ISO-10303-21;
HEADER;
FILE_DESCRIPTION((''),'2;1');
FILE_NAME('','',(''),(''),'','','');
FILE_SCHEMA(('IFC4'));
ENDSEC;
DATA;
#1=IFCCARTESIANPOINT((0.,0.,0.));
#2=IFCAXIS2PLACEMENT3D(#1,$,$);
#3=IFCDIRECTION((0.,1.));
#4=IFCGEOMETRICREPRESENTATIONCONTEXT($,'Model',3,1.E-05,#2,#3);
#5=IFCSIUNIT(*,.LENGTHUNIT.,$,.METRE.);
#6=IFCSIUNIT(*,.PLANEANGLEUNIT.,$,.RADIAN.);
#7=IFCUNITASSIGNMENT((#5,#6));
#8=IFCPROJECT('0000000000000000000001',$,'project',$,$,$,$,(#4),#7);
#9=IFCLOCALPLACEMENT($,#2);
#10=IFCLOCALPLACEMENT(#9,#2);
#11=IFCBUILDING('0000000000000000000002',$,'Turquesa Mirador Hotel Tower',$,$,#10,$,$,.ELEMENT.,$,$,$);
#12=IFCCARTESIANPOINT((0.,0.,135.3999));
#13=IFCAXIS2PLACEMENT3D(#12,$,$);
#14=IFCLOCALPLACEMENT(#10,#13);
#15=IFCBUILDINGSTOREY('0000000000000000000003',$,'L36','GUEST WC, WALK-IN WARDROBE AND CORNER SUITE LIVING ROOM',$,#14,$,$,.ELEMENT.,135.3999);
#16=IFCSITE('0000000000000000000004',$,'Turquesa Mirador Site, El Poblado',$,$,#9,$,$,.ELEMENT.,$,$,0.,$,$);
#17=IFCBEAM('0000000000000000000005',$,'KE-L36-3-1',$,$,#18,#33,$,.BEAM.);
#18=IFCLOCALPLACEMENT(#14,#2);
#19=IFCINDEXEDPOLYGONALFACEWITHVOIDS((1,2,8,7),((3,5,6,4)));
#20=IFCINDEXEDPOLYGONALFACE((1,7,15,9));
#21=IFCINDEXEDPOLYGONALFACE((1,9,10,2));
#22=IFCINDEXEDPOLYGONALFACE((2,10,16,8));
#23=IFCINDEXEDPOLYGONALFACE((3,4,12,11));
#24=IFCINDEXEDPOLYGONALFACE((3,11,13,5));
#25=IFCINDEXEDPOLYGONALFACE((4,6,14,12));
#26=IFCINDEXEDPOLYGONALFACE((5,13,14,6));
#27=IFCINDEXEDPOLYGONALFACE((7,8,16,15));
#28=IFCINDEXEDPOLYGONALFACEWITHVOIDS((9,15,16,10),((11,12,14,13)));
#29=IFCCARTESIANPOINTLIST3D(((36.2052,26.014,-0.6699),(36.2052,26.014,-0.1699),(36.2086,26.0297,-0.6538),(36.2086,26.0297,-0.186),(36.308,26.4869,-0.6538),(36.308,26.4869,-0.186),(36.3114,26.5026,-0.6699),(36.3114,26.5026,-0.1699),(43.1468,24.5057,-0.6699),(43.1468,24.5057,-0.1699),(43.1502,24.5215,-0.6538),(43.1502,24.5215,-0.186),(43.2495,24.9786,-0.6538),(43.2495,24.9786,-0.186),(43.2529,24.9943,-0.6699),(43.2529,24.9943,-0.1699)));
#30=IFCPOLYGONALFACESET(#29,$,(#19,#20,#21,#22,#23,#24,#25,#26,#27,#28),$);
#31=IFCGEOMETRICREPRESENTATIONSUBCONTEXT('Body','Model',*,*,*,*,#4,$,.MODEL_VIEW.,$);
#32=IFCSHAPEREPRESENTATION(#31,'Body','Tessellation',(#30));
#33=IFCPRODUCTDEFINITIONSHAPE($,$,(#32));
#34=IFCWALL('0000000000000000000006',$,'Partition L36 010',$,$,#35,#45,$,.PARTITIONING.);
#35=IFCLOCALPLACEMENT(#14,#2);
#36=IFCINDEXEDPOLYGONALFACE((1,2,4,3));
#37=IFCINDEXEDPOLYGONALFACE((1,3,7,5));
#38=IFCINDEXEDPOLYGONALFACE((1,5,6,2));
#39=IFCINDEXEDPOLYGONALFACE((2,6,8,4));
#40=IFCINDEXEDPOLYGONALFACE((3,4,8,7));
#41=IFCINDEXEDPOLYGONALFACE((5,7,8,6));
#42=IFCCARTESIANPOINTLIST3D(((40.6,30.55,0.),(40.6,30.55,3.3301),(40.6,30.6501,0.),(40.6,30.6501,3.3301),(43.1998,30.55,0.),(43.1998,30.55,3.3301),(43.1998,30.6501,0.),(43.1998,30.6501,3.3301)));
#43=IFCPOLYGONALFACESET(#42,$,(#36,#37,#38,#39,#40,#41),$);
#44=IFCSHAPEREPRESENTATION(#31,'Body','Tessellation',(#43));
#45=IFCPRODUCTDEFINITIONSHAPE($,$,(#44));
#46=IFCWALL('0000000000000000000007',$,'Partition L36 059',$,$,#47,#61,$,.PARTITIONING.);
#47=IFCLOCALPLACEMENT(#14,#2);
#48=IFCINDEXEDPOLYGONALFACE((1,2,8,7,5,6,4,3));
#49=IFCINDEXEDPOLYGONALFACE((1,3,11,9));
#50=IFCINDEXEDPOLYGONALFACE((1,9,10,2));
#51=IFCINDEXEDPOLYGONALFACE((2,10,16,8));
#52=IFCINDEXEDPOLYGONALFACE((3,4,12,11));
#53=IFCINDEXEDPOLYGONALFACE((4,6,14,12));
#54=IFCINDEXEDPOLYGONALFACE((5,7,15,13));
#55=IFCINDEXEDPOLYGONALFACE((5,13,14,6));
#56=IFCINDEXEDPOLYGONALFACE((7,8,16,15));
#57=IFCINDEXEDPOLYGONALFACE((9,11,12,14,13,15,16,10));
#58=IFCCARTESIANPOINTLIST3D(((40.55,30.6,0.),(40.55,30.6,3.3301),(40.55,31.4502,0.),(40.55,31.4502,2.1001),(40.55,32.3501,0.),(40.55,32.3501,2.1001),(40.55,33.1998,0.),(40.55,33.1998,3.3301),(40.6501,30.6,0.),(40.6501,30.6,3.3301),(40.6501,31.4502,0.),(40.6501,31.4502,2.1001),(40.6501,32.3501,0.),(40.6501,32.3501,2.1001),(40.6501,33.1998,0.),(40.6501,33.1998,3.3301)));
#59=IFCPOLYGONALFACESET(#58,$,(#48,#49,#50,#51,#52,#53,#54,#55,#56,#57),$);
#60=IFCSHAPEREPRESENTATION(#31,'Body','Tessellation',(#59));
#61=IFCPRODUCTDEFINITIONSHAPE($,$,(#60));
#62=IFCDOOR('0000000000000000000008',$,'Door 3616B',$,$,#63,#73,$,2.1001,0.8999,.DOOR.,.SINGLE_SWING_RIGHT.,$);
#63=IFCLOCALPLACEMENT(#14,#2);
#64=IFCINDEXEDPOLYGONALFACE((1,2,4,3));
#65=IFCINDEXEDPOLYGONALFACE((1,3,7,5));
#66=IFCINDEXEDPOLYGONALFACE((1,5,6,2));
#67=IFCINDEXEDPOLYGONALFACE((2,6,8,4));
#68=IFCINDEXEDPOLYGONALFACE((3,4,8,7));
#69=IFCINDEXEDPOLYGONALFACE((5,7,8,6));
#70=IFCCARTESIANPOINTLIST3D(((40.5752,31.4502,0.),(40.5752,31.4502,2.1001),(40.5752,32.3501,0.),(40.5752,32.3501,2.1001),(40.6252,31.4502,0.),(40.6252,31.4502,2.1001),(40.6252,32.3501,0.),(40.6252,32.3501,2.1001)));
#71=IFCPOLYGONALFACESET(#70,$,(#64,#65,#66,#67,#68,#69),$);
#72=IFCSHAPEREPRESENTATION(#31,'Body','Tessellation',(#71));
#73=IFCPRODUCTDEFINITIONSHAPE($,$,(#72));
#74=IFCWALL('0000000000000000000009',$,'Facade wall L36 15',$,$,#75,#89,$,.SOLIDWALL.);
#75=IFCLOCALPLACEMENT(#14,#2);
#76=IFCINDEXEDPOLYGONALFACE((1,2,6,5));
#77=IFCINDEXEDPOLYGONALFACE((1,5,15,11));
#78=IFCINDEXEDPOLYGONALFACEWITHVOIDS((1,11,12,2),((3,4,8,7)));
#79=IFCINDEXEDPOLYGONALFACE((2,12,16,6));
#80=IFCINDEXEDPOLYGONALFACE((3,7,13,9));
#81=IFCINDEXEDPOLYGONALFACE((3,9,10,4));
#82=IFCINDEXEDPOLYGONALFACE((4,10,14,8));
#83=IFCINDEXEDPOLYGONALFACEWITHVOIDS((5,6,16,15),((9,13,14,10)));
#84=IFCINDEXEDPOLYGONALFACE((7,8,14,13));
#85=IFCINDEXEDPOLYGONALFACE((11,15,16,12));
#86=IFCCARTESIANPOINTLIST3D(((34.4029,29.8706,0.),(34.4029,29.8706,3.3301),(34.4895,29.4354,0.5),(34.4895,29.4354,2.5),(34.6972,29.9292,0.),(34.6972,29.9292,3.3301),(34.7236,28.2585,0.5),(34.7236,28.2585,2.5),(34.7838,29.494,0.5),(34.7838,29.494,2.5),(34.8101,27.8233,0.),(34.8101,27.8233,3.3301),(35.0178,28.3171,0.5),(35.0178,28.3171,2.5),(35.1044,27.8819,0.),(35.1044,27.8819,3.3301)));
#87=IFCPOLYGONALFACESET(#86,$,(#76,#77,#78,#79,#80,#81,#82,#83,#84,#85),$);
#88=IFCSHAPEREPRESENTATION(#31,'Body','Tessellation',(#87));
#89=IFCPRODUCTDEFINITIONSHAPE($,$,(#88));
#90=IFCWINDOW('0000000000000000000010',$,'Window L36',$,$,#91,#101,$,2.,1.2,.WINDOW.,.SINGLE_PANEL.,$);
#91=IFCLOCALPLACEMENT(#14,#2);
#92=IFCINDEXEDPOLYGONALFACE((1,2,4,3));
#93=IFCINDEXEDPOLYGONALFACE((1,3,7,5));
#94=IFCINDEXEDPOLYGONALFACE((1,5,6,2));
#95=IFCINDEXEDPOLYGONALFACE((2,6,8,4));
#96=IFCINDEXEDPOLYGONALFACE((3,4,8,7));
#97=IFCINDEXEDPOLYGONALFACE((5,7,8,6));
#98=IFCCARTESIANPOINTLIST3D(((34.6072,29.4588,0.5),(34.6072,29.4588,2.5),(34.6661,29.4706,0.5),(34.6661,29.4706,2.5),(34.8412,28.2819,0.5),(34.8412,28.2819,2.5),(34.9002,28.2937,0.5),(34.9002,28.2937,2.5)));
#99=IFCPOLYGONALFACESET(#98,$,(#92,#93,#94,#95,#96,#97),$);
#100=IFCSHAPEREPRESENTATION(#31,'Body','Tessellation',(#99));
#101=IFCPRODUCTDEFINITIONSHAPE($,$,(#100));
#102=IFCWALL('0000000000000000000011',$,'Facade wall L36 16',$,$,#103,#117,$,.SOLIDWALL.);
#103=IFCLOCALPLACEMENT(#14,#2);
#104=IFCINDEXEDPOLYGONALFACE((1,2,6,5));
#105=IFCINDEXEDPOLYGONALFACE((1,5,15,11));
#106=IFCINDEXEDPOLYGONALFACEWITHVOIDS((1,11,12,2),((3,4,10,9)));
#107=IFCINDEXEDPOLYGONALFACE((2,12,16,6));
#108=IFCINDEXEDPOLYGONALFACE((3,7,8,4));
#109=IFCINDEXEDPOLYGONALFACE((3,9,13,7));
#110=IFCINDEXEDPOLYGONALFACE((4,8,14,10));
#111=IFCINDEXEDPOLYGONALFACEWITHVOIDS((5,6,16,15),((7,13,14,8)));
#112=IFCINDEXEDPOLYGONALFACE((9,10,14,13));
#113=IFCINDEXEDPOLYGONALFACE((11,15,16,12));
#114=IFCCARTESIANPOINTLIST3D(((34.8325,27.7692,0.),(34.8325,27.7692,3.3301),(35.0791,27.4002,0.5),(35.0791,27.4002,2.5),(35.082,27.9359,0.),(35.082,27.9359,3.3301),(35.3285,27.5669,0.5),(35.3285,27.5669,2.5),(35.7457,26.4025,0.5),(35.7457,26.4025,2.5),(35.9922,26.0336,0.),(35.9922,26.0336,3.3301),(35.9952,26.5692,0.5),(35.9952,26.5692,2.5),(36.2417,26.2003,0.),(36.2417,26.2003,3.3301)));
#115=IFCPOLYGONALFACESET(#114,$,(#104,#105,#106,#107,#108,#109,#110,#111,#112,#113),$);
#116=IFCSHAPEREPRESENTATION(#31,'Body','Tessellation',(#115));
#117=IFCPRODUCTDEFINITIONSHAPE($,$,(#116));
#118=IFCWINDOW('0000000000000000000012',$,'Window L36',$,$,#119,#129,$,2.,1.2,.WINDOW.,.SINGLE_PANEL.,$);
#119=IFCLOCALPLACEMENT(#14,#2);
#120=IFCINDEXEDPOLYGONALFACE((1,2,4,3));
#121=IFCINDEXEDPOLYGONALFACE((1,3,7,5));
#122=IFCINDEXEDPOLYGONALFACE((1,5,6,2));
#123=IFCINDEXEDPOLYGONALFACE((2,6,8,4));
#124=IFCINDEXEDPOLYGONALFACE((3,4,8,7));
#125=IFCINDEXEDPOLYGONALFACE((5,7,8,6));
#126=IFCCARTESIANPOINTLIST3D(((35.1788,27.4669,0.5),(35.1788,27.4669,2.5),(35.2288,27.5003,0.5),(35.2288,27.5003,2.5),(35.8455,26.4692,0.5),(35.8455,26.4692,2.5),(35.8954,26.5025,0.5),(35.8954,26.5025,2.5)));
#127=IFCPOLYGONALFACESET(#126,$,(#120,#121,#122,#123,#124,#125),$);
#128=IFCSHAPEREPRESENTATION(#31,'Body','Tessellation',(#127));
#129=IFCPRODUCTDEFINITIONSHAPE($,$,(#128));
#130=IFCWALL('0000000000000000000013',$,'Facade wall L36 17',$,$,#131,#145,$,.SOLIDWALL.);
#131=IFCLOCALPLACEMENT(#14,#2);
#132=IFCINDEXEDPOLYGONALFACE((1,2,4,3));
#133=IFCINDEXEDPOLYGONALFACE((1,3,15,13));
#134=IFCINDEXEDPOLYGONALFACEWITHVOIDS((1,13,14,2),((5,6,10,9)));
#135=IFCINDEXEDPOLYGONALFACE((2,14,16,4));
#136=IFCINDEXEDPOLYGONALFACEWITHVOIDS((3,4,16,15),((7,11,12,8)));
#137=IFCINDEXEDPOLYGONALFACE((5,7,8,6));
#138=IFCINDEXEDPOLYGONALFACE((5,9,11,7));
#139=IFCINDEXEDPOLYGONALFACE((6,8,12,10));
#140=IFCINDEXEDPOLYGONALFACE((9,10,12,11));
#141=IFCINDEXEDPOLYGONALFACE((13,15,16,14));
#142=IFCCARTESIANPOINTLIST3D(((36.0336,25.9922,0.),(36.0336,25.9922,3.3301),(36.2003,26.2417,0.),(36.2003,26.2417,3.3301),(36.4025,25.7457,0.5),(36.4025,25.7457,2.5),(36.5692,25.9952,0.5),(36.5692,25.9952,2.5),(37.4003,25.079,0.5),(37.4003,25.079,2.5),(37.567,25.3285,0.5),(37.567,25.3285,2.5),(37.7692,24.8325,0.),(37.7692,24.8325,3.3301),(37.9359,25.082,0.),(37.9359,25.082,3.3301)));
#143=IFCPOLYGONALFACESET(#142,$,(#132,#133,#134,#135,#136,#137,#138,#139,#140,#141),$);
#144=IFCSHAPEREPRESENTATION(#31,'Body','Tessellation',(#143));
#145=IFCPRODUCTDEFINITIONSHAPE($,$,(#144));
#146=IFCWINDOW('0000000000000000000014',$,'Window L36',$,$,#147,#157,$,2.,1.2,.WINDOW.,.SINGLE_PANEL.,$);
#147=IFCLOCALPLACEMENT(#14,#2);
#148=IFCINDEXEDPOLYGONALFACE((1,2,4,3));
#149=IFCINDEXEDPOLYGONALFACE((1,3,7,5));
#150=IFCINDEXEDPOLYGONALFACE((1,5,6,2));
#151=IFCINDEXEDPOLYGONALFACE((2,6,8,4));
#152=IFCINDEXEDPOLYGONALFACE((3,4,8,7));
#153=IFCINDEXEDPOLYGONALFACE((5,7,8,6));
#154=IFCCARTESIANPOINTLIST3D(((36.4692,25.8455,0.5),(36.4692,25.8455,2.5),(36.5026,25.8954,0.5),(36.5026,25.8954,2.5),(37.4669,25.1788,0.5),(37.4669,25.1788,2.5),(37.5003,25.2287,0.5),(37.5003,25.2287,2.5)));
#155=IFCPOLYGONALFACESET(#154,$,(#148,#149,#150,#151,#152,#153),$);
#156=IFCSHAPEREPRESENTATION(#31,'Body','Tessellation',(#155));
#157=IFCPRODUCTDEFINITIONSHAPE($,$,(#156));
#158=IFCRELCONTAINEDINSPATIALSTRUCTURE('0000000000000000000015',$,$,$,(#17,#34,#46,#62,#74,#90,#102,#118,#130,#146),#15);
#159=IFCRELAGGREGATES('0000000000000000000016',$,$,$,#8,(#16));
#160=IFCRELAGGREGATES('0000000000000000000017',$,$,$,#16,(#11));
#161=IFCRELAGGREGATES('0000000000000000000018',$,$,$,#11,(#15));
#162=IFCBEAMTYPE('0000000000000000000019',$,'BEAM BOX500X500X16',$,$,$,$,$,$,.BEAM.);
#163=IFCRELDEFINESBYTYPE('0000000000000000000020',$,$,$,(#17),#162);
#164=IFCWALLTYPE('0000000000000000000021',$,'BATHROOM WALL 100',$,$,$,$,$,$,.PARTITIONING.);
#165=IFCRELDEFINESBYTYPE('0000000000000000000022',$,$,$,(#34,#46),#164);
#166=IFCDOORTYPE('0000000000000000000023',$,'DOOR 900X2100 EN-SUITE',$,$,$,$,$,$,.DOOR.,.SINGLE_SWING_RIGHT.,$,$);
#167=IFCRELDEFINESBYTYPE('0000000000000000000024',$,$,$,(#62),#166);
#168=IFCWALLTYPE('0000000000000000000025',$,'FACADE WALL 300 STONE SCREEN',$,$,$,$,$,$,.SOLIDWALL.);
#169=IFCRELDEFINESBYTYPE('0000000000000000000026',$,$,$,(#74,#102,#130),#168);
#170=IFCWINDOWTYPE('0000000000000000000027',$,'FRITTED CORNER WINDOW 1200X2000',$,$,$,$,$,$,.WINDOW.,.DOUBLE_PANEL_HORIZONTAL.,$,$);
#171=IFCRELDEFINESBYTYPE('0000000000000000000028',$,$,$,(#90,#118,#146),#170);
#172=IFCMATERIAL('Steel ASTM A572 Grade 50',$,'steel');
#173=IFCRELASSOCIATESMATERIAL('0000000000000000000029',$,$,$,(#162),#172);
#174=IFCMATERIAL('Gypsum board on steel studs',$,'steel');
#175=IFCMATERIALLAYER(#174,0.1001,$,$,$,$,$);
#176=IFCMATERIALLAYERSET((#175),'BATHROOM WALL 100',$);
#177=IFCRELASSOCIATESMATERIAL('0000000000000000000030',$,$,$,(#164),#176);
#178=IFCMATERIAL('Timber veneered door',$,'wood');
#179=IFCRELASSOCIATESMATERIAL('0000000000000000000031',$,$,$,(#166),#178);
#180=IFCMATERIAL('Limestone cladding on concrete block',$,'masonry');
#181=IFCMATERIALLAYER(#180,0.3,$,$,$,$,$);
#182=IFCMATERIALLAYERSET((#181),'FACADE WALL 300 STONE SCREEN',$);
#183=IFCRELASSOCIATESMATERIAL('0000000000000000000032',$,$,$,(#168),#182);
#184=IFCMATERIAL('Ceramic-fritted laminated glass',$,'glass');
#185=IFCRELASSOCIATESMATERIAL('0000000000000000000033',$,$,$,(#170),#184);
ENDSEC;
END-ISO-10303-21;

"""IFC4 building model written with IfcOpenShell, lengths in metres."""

from ifc_helpers import new_model, si_unit, direction, frame, frame_2d, origin, origin_2d, place, context, subcontext, project, spatial, rectangle, hollow_rectangle, extrude, material, layer, layer_set, material_profile, profile_set, type_object, element, fill, save


model = new_model("IFC4")

# Units and contexts
model_context = context("Model", 3, precision=1e-05, world=origin(), true_north=direction((0.0, 1.0)))
body_context = subcontext(model_context, "Body", "Model", "MODEL_VIEW")
ifc_project = project(units=[si_unit("LENGTHUNIT", "METRE"), si_unit("PLANEANGLEUNIT", "RADIAN")], contexts=[model_context])

# Site, building, storey
site_placement = place(None, origin())
site = spatial("IfcSite", under=ifc_project, at=site_placement, Name="Turquesa Mirador Site, El Poblado", CompositionType="ELEMENT", RefElevation=0.0)
building_placement = place(site_placement, origin())
building = spatial("IfcBuilding", under=site, at=building_placement, Name="Turquesa Mirador Hotel Tower", CompositionType="ELEMENT")
storey_placement = place(building_placement, frame((0.0, 0.0, 135.3999)))
storey = spatial("IfcBuildingStorey", under=building, at=storey_placement, Name="L36", Description="GUEST WC, WALK-IN WARDROBE AND CORNER SUITE LIVING ROOM", CompositionType="ELEMENT", Elevation=135.3999)

# Beam
ifc_material_1 = material(Name="Steel ASTM A572 Grade 50", Category="steel")
ifc_material_profile = material_profile(ifc_material_1, hollow_rectangle(XDim=0.5, YDim=0.5, WallThickness=0.0161, at=origin_2d()), Name="BOX500X500X16")
ifc_profile_set = profile_set([ifc_material_profile], Name="Steel ASTM A572 Grade 50")
beam_type = type_object("IfcBeamType", Name="BEAM BOX500X500X16", PredefinedType="BEAM", material=ifc_profile_set)
beam_placement = place(storey_placement, frame((36.2583, 26.2583, -0.4199), z_axis=(0.977198, -0.212328, 0.0), x_axis=(0.212328, 0.977198, 0.0)))
element("IfcBeam", 1, at=beam_placement, inside=storey, type_object=beam_type, Name="KE-L36-3-1", PredefinedType="BEAM", context=body_context, shape_type="SweptSolid", body=[
    extrude(hollow_rectangle(XDim=0.5, YDim=0.5, WallThickness=0.0161, at=origin_2d()), origin(), (0.0, 0.0, 1.0), 7.1035),
])

# Wall
ifc_material_2 = material(Name="Gypsum board on steel studs", Category="steel")
ifc_layer_1 = layer(ifc_material_2, 0.1001)
ifc_layer_set_1 = layer_set([ifc_layer_1], Name="BATHROOM WALL 100")
wall_type_1 = type_object("IfcWallType", Name="BATHROOM WALL 100", PredefinedType="PARTITIONING", material=ifc_layer_set_1)
wall_1_placement = place(storey_placement, frame((40.6001, 30.6001, 0.0), z_axis=(0.0, 0.0, 1.0), x_axis=(1.0, 0.0, 0.0)))
element("IfcWall", 2, at=wall_1_placement, inside=storey, type_object=wall_type_1, Name="Partition L36 010", PredefinedType="PARTITIONING", context=body_context, shape_type="SweptSolid", body=[
    extrude(rectangle(XDim=2.5999, YDim=0.1001, at=frame_2d((1.2998, 0.0))), origin(), (0.0, 0.0, 1.0), 3.3301),
])

# Wall, opening, door
wall_2_placement = place(storey_placement, frame((40.6001, 30.6001, 0.0), z_axis=(0.0, 0.0, 1.0), x_axis=(0.0, 1.0, 0.0)))
wall_2 = element("IfcWall", 3, at=wall_2_placement, inside=storey, type_object=wall_type_1, Name="Partition L36 059", PredefinedType="PARTITIONING", context=body_context, shape_type="SweptSolid", body=[
    extrude(rectangle(XDim=2.5999, YDim=0.1001, at=frame_2d((1.2998, 0.0))), origin(), (0.0, 0.0, 1.0), 3.3301),
])
opening_1_placement = place(wall_2_placement, frame((0.8501, 0.0, 0.0)))
opening_1 = element("IfcOpeningElement", 4, at=opening_1_placement, cuts=wall_2, PredefinedType="OPENING", context=body_context, shape_type="SweptSolid", body=[
    extrude(rectangle(XDim=0.8999, YDim=2.1001, at=frame_2d((0.45, 1.05))), frame((0.0, 0.0601, 0.0), z_axis=(0.0, -1.0, 0.0), x_axis=(1.0, 0.0, 0.0)), (0.0, 0.0, 1.0), 0.1201),
])
ifc_material_3 = material(Name="Timber veneered door", Category="wood")
door_type_1 = type_object("IfcDoorType", Name="DOOR 900X2100 EN-SUITE", OperationType="SINGLE_SWING_RIGHT", PredefinedType="DOOR", material=ifc_material_3)
door_1_placement = place(opening_1_placement, origin())
door_1 = element("IfcDoor", 5, at=door_1_placement, inside=storey, type_object=door_type_1, Name="Door 3616B", OperationType="SINGLE_SWING_RIGHT", OverallHeight=2.1001, OverallWidth=0.8999, PredefinedType="DOOR", context=body_context, shape_type="SweptSolid", body=[
    extrude(rectangle(XDim=0.8999, YDim=2.1001, at=frame_2d((0.45, 1.05))), frame((0.0, 0.0249, 0.0), z_axis=(0.0, -1.0, 0.0), x_axis=(1.0, 0.0, 0.0)), (0.0, 0.0, 1.0), 0.05),
])
fill(opening_1, door_1)

# Walls, openings, windows
ifc_material_4 = material(Name="Limestone cladding on concrete block", Category="masonry")
ifc_layer_2 = layer(ifc_material_4, 0.3)
ifc_layer_set_2 = layer_set([ifc_layer_2], Name="FACADE WALL 300 STONE SCREEN")
wall_type_2 = type_object("IfcWallType", Name="FACADE WALL 300 STONE SCREEN", PredefinedType="SOLIDWALL", material=ifc_layer_set_2)
wall_3_placement = place(storey_placement, frame((34.55, 29.8999, 0.0), z_axis=(0.0, 0.0, 1.0), x_axis=(0.195081, -0.980787, 0.0)))
wall_3 = element("IfcWall", 6, at=wall_3_placement, inside=storey, type_object=wall_type_2, Name="Facade wall L36 15", PredefinedType="SOLIDWALL", context=body_context, shape_type="SweptSolid", body=[
    extrude(rectangle(XDim=2.0874, YDim=0.3, at=frame_2d((1.0437, 0.0))), origin(), (0.0, 0.0, 1.0), 3.3301),
])
opening_2_placement = place(wall_3_placement, frame((0.4436, 0.0, 0.5)))
opening_2 = element("IfcOpeningElement", 7, at=opening_2_placement, cuts=wall_3, PredefinedType="OPENING", context=body_context, shape_type="SweptSolid", body=[
    extrude(rectangle(XDim=1.2, YDim=2.0, at=frame_2d((0.6001, 1.0))), frame((0.0, 0.1599, 0.0), z_axis=(0.0, -1.0, 0.0), x_axis=(1.0, 0.0, 0.0)), (0.0, 0.0, 1.0), 0.3201),
])
ifc_material_5 = material(Name="Ceramic-fritted laminated glass", Category="glass")
window_type_1 = type_object("IfcWindowType", Name="FRITTED CORNER WINDOW 1200X2000", PartitioningType="DOUBLE_PANEL_HORIZONTAL", PredefinedType="WINDOW", material=ifc_material_5)
window_1_placement = place(opening_2_placement, origin())
window_1 = element("IfcWindow", 8, at=window_1_placement, inside=storey, type_object=window_type_1, Name="Window L36", OverallHeight=2.0, OverallWidth=1.2, PartitioningType="SINGLE_PANEL", PredefinedType="WINDOW", context=body_context, shape_type="SweptSolid", body=[
    extrude(rectangle(XDim=1.2, YDim=2.0, at=frame_2d((0.6001, 1.0))), frame((0.0, 0.03, 0.0), z_axis=(0.0, -1.0, 0.0), x_axis=(1.0, 0.0, 0.0)), (0.0, 0.0, 1.0), 0.0601),
])
fill(opening_2, window_1)
wall_4_placement = place(storey_placement, frame((34.9573, 27.8525, 0.0), z_axis=(0.0, 0.0, 1.0), x_axis=(0.555564, -0.831474, 0.0)))
wall_4 = element("IfcWall", 9, at=wall_4_placement, inside=storey, type_object=wall_type_2, Name="Facade wall L36 16", PredefinedType="SOLIDWALL", context=body_context, shape_type="SweptSolid", body=[
    extrude(rectangle(XDim=2.0874, YDim=0.3, at=frame_2d((1.0437, 0.0))), origin(), (0.0, 0.0, 1.0), 3.3301),
])
opening_3_placement = place(wall_4_placement, frame((0.4436, 0.0, 0.5)))
opening_3 = element("IfcOpeningElement", 10, at=opening_3_placement, cuts=wall_4, PredefinedType="OPENING", context=body_context, shape_type="SweptSolid", body=[
    extrude(rectangle(XDim=1.2, YDim=2.0, at=frame_2d((0.6001, 1.0))), frame((0.0, 0.1599, 0.0), z_axis=(0.0, -1.0, 0.0), x_axis=(1.0, 0.0, 0.0)), (0.0, 0.0, 1.0), 0.3201),
])
window_2_placement = place(opening_3_placement, origin())
window_2 = element("IfcWindow", 11, at=window_2_placement, inside=storey, type_object=window_type_1, Name="Window L36", OverallHeight=2.0, OverallWidth=1.2, PartitioningType="SINGLE_PANEL", PredefinedType="WINDOW", context=body_context, shape_type="SweptSolid", body=[
    extrude(rectangle(XDim=1.2, YDim=2.0, at=frame_2d((0.6001, 1.0))), frame((0.0, 0.03, 0.0), z_axis=(0.0, -1.0, 0.0), x_axis=(1.0, 0.0, 0.0)), (0.0, 0.0, 1.0), 0.0601),
])
fill(opening_3, window_2)
wall_5_placement = place(storey_placement, frame((36.1169, 26.1169, 0.0), z_axis=(0.0, 0.0, 1.0), x_axis=(0.831474, -0.555564, 0.0)))
wall_5 = element("IfcWall", 12, at=wall_5_placement, inside=storey, type_object=wall_type_2, Name="Facade wall L36 17", PredefinedType="SOLIDWALL", context=body_context, shape_type="SweptSolid", body=[
    extrude(rectangle(XDim=2.0874, YDim=0.3, at=frame_2d((1.0437, 0.0))), origin(), (0.0, 0.0, 1.0), 3.3301),
])
opening_4_placement = place(wall_5_placement, frame((0.4436, 0.0, 0.5)))
opening_4 = element("IfcOpeningElement", 13, at=opening_4_placement, cuts=wall_5, PredefinedType="OPENING", context=body_context, shape_type="SweptSolid", body=[
    extrude(rectangle(XDim=1.2, YDim=2.0, at=frame_2d((0.6001, 1.0))), frame((0.0, 0.1599, 0.0), z_axis=(0.0, -1.0, 0.0), x_axis=(1.0, 0.0, 0.0)), (0.0, 0.0, 1.0), 0.3201),
])
window_3_placement = place(opening_4_placement, origin())
window_3 = element("IfcWindow", 14, at=window_3_placement, inside=storey, type_object=window_type_1, Name="Window L36", OverallHeight=2.0, OverallWidth=1.2, PartitioningType="SINGLE_PANEL", PredefinedType="WINDOW", context=body_context, shape_type="SweptSolid", body=[
    extrude(rectangle(XDim=1.2, YDim=2.0, at=frame_2d((0.6001, 1.0))), frame((0.0, 0.03, 0.0), z_axis=(0.0, -1.0, 0.0), x_axis=(1.0, 0.0, 0.0)), (0.0, 0.0, 1.0), 0.0601),
])
fill(opening_4, window_3)

save(model, "model.ifc")
